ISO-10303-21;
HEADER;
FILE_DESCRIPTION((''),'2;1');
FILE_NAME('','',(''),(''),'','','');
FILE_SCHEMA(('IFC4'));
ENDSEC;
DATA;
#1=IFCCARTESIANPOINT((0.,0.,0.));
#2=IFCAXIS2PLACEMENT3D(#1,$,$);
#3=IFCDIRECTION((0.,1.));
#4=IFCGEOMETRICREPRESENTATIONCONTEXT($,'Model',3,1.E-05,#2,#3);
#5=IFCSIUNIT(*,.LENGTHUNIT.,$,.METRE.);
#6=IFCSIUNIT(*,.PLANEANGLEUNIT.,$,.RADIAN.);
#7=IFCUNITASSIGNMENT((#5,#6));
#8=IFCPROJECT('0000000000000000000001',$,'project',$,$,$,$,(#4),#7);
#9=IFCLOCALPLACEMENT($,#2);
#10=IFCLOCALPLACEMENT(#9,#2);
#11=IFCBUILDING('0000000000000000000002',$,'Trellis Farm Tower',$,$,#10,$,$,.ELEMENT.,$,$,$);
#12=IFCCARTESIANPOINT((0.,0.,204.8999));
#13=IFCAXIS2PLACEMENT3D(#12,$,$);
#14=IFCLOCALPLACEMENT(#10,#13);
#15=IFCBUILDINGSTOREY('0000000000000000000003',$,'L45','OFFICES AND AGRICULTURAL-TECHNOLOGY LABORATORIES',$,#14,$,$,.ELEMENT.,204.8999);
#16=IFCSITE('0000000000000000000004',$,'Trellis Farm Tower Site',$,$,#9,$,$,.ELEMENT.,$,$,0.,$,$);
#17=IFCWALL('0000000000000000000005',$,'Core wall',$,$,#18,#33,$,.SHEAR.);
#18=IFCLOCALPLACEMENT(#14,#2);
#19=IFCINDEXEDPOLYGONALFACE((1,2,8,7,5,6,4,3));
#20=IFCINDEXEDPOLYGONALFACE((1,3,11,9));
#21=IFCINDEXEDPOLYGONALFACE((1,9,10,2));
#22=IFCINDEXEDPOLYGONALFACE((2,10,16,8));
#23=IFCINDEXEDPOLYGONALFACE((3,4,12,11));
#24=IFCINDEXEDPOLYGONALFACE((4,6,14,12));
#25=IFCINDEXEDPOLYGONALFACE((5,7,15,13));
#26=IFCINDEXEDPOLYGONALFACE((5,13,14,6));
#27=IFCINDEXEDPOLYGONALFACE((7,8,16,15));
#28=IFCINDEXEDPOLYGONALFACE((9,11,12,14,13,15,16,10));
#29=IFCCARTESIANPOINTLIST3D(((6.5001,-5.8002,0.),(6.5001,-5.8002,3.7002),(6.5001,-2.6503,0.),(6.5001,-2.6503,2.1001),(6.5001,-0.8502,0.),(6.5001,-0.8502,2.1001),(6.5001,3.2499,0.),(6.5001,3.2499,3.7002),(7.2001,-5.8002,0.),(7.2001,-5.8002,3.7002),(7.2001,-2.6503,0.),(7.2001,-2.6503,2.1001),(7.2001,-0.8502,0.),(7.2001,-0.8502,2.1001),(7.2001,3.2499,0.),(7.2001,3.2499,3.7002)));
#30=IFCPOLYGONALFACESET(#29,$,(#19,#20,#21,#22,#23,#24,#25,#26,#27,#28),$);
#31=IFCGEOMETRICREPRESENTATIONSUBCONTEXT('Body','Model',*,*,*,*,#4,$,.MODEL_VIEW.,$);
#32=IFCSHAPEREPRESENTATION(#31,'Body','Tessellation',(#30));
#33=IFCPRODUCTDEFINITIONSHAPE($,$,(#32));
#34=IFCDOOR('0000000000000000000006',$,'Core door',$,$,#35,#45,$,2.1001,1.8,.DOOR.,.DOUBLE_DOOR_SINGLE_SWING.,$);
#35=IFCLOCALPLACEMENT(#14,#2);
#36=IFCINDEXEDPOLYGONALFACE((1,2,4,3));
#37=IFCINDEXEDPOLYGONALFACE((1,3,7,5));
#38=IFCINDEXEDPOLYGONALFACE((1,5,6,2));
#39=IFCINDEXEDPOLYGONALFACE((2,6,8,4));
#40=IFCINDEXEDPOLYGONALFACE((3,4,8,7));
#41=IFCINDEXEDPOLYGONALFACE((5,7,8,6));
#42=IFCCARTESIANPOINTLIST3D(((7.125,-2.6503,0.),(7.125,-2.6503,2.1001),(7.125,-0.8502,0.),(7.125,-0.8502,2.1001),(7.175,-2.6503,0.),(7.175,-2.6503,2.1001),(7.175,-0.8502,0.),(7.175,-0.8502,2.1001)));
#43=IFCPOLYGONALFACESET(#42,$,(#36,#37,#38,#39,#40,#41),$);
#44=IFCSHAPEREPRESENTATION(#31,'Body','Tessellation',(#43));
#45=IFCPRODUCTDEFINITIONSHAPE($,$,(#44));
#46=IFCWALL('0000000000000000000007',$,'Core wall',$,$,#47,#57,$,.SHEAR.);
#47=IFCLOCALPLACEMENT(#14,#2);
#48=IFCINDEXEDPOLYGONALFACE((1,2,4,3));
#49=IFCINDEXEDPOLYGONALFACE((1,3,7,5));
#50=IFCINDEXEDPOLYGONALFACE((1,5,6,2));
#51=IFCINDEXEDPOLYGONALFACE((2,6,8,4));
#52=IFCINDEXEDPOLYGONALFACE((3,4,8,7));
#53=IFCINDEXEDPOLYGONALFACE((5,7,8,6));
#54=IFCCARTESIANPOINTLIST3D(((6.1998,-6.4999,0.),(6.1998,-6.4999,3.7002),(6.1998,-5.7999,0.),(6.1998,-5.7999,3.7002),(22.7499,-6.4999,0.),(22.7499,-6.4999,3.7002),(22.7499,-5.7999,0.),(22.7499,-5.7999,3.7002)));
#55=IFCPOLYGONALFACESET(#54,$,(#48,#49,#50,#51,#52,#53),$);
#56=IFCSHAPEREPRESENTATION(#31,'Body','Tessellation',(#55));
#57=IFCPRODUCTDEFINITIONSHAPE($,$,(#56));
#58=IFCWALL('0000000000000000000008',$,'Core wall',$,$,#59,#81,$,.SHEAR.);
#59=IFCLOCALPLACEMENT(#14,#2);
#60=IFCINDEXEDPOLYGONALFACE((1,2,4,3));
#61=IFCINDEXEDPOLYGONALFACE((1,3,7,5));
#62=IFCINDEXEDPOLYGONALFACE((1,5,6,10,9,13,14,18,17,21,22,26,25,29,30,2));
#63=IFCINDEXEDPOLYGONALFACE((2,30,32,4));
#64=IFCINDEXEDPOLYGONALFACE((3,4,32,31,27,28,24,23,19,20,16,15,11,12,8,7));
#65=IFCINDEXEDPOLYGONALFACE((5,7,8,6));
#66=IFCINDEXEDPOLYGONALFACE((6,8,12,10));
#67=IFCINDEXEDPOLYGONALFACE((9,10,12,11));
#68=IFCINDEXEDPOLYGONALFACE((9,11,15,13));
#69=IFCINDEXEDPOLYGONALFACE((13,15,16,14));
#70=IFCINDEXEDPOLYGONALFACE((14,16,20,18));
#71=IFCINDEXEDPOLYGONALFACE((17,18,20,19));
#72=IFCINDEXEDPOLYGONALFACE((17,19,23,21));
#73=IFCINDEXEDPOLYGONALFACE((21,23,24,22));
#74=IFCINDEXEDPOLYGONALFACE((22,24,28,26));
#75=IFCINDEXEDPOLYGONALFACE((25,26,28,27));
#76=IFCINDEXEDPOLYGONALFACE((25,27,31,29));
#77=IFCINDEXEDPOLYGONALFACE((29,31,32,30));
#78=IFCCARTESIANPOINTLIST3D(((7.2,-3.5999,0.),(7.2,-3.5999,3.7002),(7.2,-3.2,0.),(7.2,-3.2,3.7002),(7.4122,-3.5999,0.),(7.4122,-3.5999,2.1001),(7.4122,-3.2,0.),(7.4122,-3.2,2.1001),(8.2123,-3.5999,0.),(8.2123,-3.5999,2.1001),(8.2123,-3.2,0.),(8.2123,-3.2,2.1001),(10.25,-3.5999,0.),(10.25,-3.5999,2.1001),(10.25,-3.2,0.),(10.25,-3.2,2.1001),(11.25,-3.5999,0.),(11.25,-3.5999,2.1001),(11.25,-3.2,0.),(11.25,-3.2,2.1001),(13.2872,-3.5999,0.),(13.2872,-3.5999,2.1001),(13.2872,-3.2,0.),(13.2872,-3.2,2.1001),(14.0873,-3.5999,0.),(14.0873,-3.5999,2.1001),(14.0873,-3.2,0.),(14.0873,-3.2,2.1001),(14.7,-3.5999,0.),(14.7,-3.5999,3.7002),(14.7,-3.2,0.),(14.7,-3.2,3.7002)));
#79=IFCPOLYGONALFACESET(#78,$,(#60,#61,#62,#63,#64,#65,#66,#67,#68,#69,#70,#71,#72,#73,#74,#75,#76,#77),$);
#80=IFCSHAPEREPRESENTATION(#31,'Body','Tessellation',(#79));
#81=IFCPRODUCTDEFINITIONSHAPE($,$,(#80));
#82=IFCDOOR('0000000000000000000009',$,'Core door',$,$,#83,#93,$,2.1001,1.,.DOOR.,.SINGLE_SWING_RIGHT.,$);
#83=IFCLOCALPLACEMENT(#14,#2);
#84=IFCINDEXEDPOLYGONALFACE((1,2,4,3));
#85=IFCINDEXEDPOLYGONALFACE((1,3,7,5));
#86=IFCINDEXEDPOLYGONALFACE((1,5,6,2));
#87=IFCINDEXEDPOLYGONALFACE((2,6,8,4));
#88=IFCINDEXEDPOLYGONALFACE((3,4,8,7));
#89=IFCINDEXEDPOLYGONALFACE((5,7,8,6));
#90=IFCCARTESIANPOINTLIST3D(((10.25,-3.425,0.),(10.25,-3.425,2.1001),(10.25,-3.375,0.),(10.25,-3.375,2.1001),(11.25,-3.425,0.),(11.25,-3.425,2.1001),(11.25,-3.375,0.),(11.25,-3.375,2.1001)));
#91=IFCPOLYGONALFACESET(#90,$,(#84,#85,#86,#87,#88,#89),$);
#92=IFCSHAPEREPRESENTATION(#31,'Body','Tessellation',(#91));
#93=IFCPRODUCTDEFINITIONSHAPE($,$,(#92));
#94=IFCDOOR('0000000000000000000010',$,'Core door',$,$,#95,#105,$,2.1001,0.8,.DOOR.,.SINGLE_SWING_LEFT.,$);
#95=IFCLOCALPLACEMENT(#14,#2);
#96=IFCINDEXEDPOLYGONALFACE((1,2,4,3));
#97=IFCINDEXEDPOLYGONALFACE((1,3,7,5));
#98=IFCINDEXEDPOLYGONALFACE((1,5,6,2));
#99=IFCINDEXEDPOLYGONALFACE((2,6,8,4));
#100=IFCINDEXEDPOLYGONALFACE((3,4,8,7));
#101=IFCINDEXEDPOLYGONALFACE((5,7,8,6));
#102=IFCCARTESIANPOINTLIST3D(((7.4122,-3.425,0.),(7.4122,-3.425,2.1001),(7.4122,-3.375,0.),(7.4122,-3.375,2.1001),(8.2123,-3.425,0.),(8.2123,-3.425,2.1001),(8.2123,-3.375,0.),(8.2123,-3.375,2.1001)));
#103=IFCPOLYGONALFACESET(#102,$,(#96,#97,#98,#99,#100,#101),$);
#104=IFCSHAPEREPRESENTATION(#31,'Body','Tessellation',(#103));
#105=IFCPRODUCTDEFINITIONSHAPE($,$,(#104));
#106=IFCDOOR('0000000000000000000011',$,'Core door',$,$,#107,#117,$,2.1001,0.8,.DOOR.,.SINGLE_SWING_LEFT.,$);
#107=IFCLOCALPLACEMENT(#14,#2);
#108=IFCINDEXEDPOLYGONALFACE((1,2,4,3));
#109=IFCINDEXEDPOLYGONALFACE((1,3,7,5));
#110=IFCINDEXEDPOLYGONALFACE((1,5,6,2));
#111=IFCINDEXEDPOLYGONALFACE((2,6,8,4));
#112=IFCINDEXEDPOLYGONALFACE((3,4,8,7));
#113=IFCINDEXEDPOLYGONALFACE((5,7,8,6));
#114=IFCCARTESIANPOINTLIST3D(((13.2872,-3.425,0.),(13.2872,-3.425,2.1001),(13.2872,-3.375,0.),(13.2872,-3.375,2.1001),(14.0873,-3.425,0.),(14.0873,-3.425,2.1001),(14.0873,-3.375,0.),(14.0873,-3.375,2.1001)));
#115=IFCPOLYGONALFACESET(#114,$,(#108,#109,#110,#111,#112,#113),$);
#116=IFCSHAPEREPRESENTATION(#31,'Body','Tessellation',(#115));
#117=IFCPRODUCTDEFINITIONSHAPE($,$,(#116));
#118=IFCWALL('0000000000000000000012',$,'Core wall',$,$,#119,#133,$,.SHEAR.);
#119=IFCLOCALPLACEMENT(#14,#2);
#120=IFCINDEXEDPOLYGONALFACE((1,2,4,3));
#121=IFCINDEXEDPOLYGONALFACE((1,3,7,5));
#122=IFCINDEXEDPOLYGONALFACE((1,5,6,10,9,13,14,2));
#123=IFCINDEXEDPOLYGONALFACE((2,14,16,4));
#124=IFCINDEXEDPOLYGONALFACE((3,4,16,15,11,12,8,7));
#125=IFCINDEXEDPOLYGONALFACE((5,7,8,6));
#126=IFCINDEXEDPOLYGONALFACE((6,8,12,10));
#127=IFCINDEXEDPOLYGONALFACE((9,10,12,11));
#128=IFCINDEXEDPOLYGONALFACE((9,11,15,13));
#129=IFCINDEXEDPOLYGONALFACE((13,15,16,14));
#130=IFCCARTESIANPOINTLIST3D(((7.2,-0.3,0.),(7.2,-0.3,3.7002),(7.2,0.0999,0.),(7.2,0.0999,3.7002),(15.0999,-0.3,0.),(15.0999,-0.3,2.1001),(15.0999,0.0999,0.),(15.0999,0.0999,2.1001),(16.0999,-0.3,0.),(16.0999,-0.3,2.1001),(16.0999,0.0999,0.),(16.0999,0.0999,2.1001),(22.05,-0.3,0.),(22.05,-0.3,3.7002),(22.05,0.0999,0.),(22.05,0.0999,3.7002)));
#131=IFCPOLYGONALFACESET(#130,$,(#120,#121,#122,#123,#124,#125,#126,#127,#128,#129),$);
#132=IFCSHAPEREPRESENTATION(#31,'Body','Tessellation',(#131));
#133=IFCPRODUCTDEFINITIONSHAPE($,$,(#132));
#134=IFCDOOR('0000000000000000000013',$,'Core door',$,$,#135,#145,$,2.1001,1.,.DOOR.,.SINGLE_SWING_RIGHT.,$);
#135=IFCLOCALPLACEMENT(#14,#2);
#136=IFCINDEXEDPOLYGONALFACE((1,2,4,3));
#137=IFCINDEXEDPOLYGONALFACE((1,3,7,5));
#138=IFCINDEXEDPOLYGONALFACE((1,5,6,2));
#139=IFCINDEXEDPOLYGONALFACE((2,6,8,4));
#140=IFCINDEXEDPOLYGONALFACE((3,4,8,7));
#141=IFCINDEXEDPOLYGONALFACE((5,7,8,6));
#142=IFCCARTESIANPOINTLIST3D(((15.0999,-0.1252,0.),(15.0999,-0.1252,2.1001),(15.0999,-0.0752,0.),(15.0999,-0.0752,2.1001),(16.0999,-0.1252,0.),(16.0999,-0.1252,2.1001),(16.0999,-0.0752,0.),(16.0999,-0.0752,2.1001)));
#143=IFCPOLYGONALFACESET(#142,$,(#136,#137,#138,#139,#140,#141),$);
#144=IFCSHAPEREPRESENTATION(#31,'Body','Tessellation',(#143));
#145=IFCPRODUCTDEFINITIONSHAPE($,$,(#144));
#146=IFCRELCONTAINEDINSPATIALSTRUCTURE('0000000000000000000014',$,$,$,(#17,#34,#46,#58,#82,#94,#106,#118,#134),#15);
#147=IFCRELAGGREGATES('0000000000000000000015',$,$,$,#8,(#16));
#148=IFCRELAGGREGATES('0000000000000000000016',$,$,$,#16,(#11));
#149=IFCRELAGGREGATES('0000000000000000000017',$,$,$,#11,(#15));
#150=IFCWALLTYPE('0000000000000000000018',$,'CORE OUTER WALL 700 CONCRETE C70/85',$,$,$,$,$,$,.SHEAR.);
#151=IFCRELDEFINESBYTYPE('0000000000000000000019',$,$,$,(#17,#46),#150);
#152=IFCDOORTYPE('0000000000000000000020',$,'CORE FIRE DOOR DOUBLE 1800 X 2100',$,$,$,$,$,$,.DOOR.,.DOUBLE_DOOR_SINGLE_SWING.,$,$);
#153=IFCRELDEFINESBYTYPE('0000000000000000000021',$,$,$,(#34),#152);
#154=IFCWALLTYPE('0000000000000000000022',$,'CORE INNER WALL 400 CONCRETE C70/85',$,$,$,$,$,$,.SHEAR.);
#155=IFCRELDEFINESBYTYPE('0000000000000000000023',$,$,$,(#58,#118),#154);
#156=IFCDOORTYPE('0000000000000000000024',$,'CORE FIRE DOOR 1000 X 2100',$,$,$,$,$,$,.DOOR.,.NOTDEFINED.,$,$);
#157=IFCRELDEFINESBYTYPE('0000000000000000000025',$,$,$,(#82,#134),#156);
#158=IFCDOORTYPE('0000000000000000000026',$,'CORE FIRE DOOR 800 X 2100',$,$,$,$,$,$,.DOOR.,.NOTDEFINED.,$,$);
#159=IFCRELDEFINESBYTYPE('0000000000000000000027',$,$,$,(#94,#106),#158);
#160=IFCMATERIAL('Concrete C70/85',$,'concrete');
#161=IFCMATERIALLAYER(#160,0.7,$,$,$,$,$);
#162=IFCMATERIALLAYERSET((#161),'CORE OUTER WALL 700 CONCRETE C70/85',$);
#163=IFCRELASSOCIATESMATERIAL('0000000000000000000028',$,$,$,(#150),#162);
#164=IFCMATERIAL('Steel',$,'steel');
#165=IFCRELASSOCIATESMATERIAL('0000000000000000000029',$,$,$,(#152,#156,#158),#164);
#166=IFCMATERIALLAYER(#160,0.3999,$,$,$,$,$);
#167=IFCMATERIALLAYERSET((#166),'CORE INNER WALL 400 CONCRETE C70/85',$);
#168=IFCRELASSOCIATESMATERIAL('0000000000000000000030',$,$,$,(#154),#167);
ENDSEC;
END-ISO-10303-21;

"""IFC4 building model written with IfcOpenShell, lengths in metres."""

from ifc_helpers import new_model, si_unit, direction, frame, frame_2d, origin, place, context, subcontext, project, spatial, rectangle, extrude, source, transform, mapped, material, layer, layer_set, type_object, element, fill, save


model = new_model("IFC4")

# Units and contexts
model_context = context("Model", 3, precision=1e-05, world=origin(), true_north=direction((0.0, 1.0)))
body_context = subcontext(model_context, "Body", "Model", "MODEL_VIEW")
ifc_project = project(units=[si_unit("LENGTHUNIT", "METRE"), si_unit("PLANEANGLEUNIT", "RADIAN")], contexts=[model_context])

# Site, building, storey
site_placement = place(None, origin())
site = spatial("IfcSite", under=ifc_project, at=site_placement, Name="Trellis Farm Tower Site", CompositionType="ELEMENT", RefElevation=0.0)
building_placement = place(site_placement, origin())
building = spatial("IfcBuilding", under=site, at=building_placement, Name="Trellis Farm Tower", CompositionType="ELEMENT")
storey_placement = place(building_placement, frame((0.0, 0.0, 204.8999)))
storey = spatial("IfcBuildingStorey", under=building, at=storey_placement, Name="L45", Description="OFFICES AND AGRICULTURAL-TECHNOLOGY LABORATORIES", CompositionType="ELEMENT", Elevation=204.8999)

# Shared definitions
ifc_material_1 = material(Name="Concrete C70/85", Category="concrete")

# Wall, opening, door
ifc_layer_1 = layer(ifc_material_1, 0.7)
ifc_layer_set_1 = layer_set([ifc_layer_1], Name="CORE OUTER WALL 700 CONCRETE C70/85")
wall_type_1 = type_object("IfcWallType", Name="CORE OUTER WALL 700 CONCRETE C70/85", PredefinedType="SHEAR", material=ifc_layer_set_1)
shared_shape_1 = source(origin(), body_context, "Body", "SweptSolid", [
    extrude(rectangle(XDim=9.05, YDim=0.7, at=frame_2d((4.5249, 0.0))), origin(), (0.0, 0.0, 1.0), 3.7002),
])
wall_1_placement = place(storey_placement, frame((6.8501, -5.8, 0.0), z_axis=(0.0, 0.0, 1.0), x_axis=(0.0, 1.0, 0.0)))
wall_1 = element("IfcWall", 1, at=wall_1_placement, inside=storey, type_object=wall_type_1, Name="Core wall", PredefinedType="SHEAR", context=body_context, shape_type="MappedRepresentation", body=[
    mapped(shared_shape_1, transform((0.0, 0.0, 0.0))),
])
shared_shape_2 = source(origin(), body_context, "Body", "SweptSolid", [
    extrude(rectangle(XDim=1.8, YDim=2.1001, at=frame_2d((0.8999, 1.05))), frame((0.0, 0.3601, 0.0), z_axis=(0.0, -1.0, 0.0), x_axis=(1.0, 0.0, 0.0)), (0.0, 0.0, 1.0), 0.7202),
])
opening_1_placement = place(wall_1_placement, frame((3.1499, 0.0, 0.0)))
opening_1 = element("IfcOpeningElement", 2, at=opening_1_placement, cuts=wall_1, PredefinedType="OPENING", context=body_context, shape_type="MappedRepresentation", body=[
    mapped(shared_shape_2, transform((0.0, 0.0, 0.0))),
])
ifc_material_2 = material(Name="Steel", Category="steel")
door_type_1 = type_object("IfcDoorType", Name="CORE FIRE DOOR DOUBLE 1800 X 2100", OperationType="DOUBLE_DOOR_SINGLE_SWING", PredefinedType="DOOR", material=ifc_material_2)
shared_shape_3 = source(origin(), body_context, "Body", "SweptSolid", [
    extrude(rectangle(XDim=1.8, YDim=2.1001, at=frame_2d((0.8999, 1.05))), frame((0.0, -0.2749, 0.0), z_axis=(0.0, -1.0, 0.0), x_axis=(1.0, 0.0, 0.0)), (0.0, 0.0, 1.0), 0.05),
])
door_1_placement = place(opening_1_placement, origin())
door_1 = element("IfcDoor", 3, at=door_1_placement, inside=storey, type_object=door_type_1, Name="Core door", OperationType="DOUBLE_DOOR_SINGLE_SWING", OverallHeight=2.1001, OverallWidth=1.8, PredefinedType="DOOR", context=body_context, shape_type="MappedRepresentation", body=[
    mapped(shared_shape_3, transform((0.0, 0.0, 0.0))),
])
fill(opening_1, door_1)

# Wall
shared_shape_4 = source(origin(), body_context, "Body", "SweptSolid", [
    extrude(rectangle(XDim=16.55, YDim=0.7, at=frame_2d((8.2749, 0.0))), origin(), (0.0, 0.0, 1.0), 3.7002),
])
wall_2_placement = place(storey_placement, frame((6.2, -6.1499, 0.0), z_axis=(0.0, 0.0, 1.0), x_axis=(1.0, 0.0, 0.0)))
element("IfcWall", 4, at=wall_2_placement, inside=storey, type_object=wall_type_1, Name="Core wall", PredefinedType="SHEAR", context=body_context, shape_type="MappedRepresentation", body=[
    mapped(shared_shape_4, transform((0.0, 0.0, 0.0))),
])

# Wall, openings, doors
ifc_layer_2 = layer(ifc_material_1, 0.3999)
ifc_layer_set_2 = layer_set([ifc_layer_2], Name="CORE INNER WALL 400 CONCRETE C70/85")
wall_type_2 = type_object("IfcWallType", Name="CORE INNER WALL 400 CONCRETE C70/85", PredefinedType="SHEAR", material=ifc_layer_set_2)
shared_shape_5 = source(origin(), body_context, "Body", "SweptSolid", [
    extrude(rectangle(XDim=7.5, YDim=0.3999, at=frame_2d((3.75, 0.0))), origin(), (0.0, 0.0, 1.0), 3.7002),
])
wall_3_placement = place(storey_placement, frame((7.2, -3.3999, 0.0), z_axis=(0.0, 0.0, 1.0), x_axis=(1.0, 0.0, 0.0)))
wall_3 = element("IfcWall", 5, at=wall_3_placement, inside=storey, type_object=wall_type_2, Name="Core wall", PredefinedType="SHEAR", context=body_context, shape_type="MappedRepresentation", body=[
    mapped(shared_shape_5, transform((0.0, 0.0, 0.0))),
])
shared_shape_6 = source(origin(), body_context, "Body", "SweptSolid", [
    extrude(rectangle(XDim=0.8, YDim=2.1001, at=frame_2d((0.3999, 1.05))), frame((0.0, 0.21, 0.0), z_axis=(0.0, -1.0, 0.0), x_axis=(1.0, 0.0, 0.0)), (0.0, 0.0, 1.0), 0.4199),
])
opening_2_placement = place(wall_3_placement, frame((0.2124, 0.0, 0.0)))
opening_2 = element("IfcOpeningElement", 6, at=opening_2_placement, cuts=wall_3, PredefinedType="OPENING", context=body_context, shape_type="MappedRepresentation", body=[
    mapped(shared_shape_6, transform((0.0, 0.0, 0.0))),
])
shared_shape_7 = source(origin(), body_context, "Body", "SweptSolid", [
    extrude(rectangle(XDim=1.0, YDim=2.1001, at=frame_2d((0.5, 1.05))), frame((0.0, 0.21, 0.0), z_axis=(0.0, -1.0, 0.0), x_axis=(1.0, 0.0, 0.0)), (0.0, 0.0, 1.0), 0.4199),
])
opening_3_placement = place(wall_3_placement, frame((3.05, 0.0, 0.0)))
opening_3 = element("IfcOpeningElement", 7, at=opening_3_placement, cuts=wall_3, PredefinedType="OPENING", context=body_context, shape_type="MappedRepresentation", body=[
    mapped(shared_shape_7, transform((0.0, 0.0, 0.0))),
])
opening_4_placement = place(wall_3_placement, frame((6.0874, 0.0, 0.0)))
opening_4 = element("IfcOpeningElement", 8, at=opening_4_placement, cuts=wall_3, PredefinedType="OPENING", context=body_context, shape_type="MappedRepresentation", body=[
    mapped(shared_shape_6, transform((0.0, 0.0, 0.0))),
])
door_type_2 = type_object("IfcDoorType", Name="CORE FIRE DOOR 1000 X 2100", OperationType="NOTDEFINED", PredefinedType="DOOR", material=ifc_material_2)
shared_shape_8 = source(origin(), body_context, "Body", "SweptSolid", [
    extrude(rectangle(XDim=1.0, YDim=2.1001, at=frame_2d((0.5, 1.05))), frame((0.0, 0.0249, 0.0), z_axis=(0.0, -1.0, 0.0), x_axis=(1.0, 0.0, 0.0)), (0.0, 0.0, 1.0), 0.05),
])
door_2_placement = place(opening_3_placement, origin())
door_2 = element("IfcDoor", 9, at=door_2_placement, inside=storey, type_object=door_type_2, Name="Core door", OperationType="SINGLE_SWING_RIGHT", OverallHeight=2.1001, OverallWidth=1.0, PredefinedType="DOOR", context=body_context, shape_type="MappedRepresentation", body=[
    mapped(shared_shape_8, transform((0.0, 0.0, 0.0))),
])
fill(opening_3, door_2)
door_type_3 = type_object("IfcDoorType", Name="CORE FIRE DOOR 800 X 2100", OperationType="NOTDEFINED", PredefinedType="DOOR", material=ifc_material_2)
shared_shape_9 = source(origin(), body_context, "Body", "SweptSolid", [
    extrude(rectangle(XDim=0.8, YDim=2.1001, at=frame_2d((0.3999, 1.05))), frame((0.0, 0.0249, 0.0), z_axis=(0.0, -1.0, 0.0), x_axis=(1.0, 0.0, 0.0)), (0.0, 0.0, 1.0), 0.05),
])
door_3_placement = place(opening_2_placement, origin())
door_3 = element("IfcDoor", 10, at=door_3_placement, inside=storey, type_object=door_type_3, Name="Core door", OperationType="SINGLE_SWING_LEFT", OverallHeight=2.1001, OverallWidth=0.8, PredefinedType="DOOR", context=body_context, shape_type="MappedRepresentation", body=[
    mapped(shared_shape_9, transform((0.0, 0.0, 0.0))),
])
fill(opening_2, door_3)
door_4_placement = place(opening_4_placement, origin())
door_4 = element("IfcDoor", 11, at=door_4_placement, inside=storey, type_object=door_type_3, Name="Core door", OperationType="SINGLE_SWING_LEFT", OverallHeight=2.1001, OverallWidth=0.8, PredefinedType="DOOR", context=body_context, shape_type="MappedRepresentation", body=[
    mapped(shared_shape_9, transform((0.0, 0.0, 0.0))),
])
fill(opening_4, door_4)

# Wall, opening, door
shared_shape_10 = source(origin(), body_context, "Body", "SweptSolid", [
    extrude(rectangle(XDim=14.8501, YDim=0.3999, at=frame_2d((7.425, 0.0))), origin(), (0.0, 0.0, 1.0), 3.7002),
])
wall_4_placement = place(storey_placement, frame((7.2, -0.1001, 0.0), z_axis=(0.0, 0.0, 1.0), x_axis=(1.0, 0.0, 0.0)))
wall_4 = element("IfcWall", 12, at=wall_4_placement, inside=storey, type_object=wall_type_2, Name="Core wall", PredefinedType="SHEAR", context=body_context, shape_type="MappedRepresentation", body=[
    mapped(shared_shape_10, transform((0.0, 0.0, 0.0))),
])
opening_5_placement = place(wall_4_placement, frame((7.8999, 0.0, 0.0)))
opening_5 = element("IfcOpeningElement", 13, at=opening_5_placement, cuts=wall_4, PredefinedType="OPENING", context=body_context, shape_type="MappedRepresentation", body=[
    mapped(shared_shape_7, transform((0.0, 0.0, 0.0))),
])
door_5_placement = place(opening_5_placement, origin())
door_5 = element("IfcDoor", 14, at=door_5_placement, inside=storey, type_object=door_type_2, Name="Core door", OperationType="SINGLE_SWING_RIGHT", OverallHeight=2.1001, OverallWidth=1.0, PredefinedType="DOOR", context=body_context, shape_type="MappedRepresentation", body=[
    mapped(shared_shape_8, transform((0.0, 0.0, 0.0))),
])
fill(opening_5, door_5)

save(model, "model.ifc")
